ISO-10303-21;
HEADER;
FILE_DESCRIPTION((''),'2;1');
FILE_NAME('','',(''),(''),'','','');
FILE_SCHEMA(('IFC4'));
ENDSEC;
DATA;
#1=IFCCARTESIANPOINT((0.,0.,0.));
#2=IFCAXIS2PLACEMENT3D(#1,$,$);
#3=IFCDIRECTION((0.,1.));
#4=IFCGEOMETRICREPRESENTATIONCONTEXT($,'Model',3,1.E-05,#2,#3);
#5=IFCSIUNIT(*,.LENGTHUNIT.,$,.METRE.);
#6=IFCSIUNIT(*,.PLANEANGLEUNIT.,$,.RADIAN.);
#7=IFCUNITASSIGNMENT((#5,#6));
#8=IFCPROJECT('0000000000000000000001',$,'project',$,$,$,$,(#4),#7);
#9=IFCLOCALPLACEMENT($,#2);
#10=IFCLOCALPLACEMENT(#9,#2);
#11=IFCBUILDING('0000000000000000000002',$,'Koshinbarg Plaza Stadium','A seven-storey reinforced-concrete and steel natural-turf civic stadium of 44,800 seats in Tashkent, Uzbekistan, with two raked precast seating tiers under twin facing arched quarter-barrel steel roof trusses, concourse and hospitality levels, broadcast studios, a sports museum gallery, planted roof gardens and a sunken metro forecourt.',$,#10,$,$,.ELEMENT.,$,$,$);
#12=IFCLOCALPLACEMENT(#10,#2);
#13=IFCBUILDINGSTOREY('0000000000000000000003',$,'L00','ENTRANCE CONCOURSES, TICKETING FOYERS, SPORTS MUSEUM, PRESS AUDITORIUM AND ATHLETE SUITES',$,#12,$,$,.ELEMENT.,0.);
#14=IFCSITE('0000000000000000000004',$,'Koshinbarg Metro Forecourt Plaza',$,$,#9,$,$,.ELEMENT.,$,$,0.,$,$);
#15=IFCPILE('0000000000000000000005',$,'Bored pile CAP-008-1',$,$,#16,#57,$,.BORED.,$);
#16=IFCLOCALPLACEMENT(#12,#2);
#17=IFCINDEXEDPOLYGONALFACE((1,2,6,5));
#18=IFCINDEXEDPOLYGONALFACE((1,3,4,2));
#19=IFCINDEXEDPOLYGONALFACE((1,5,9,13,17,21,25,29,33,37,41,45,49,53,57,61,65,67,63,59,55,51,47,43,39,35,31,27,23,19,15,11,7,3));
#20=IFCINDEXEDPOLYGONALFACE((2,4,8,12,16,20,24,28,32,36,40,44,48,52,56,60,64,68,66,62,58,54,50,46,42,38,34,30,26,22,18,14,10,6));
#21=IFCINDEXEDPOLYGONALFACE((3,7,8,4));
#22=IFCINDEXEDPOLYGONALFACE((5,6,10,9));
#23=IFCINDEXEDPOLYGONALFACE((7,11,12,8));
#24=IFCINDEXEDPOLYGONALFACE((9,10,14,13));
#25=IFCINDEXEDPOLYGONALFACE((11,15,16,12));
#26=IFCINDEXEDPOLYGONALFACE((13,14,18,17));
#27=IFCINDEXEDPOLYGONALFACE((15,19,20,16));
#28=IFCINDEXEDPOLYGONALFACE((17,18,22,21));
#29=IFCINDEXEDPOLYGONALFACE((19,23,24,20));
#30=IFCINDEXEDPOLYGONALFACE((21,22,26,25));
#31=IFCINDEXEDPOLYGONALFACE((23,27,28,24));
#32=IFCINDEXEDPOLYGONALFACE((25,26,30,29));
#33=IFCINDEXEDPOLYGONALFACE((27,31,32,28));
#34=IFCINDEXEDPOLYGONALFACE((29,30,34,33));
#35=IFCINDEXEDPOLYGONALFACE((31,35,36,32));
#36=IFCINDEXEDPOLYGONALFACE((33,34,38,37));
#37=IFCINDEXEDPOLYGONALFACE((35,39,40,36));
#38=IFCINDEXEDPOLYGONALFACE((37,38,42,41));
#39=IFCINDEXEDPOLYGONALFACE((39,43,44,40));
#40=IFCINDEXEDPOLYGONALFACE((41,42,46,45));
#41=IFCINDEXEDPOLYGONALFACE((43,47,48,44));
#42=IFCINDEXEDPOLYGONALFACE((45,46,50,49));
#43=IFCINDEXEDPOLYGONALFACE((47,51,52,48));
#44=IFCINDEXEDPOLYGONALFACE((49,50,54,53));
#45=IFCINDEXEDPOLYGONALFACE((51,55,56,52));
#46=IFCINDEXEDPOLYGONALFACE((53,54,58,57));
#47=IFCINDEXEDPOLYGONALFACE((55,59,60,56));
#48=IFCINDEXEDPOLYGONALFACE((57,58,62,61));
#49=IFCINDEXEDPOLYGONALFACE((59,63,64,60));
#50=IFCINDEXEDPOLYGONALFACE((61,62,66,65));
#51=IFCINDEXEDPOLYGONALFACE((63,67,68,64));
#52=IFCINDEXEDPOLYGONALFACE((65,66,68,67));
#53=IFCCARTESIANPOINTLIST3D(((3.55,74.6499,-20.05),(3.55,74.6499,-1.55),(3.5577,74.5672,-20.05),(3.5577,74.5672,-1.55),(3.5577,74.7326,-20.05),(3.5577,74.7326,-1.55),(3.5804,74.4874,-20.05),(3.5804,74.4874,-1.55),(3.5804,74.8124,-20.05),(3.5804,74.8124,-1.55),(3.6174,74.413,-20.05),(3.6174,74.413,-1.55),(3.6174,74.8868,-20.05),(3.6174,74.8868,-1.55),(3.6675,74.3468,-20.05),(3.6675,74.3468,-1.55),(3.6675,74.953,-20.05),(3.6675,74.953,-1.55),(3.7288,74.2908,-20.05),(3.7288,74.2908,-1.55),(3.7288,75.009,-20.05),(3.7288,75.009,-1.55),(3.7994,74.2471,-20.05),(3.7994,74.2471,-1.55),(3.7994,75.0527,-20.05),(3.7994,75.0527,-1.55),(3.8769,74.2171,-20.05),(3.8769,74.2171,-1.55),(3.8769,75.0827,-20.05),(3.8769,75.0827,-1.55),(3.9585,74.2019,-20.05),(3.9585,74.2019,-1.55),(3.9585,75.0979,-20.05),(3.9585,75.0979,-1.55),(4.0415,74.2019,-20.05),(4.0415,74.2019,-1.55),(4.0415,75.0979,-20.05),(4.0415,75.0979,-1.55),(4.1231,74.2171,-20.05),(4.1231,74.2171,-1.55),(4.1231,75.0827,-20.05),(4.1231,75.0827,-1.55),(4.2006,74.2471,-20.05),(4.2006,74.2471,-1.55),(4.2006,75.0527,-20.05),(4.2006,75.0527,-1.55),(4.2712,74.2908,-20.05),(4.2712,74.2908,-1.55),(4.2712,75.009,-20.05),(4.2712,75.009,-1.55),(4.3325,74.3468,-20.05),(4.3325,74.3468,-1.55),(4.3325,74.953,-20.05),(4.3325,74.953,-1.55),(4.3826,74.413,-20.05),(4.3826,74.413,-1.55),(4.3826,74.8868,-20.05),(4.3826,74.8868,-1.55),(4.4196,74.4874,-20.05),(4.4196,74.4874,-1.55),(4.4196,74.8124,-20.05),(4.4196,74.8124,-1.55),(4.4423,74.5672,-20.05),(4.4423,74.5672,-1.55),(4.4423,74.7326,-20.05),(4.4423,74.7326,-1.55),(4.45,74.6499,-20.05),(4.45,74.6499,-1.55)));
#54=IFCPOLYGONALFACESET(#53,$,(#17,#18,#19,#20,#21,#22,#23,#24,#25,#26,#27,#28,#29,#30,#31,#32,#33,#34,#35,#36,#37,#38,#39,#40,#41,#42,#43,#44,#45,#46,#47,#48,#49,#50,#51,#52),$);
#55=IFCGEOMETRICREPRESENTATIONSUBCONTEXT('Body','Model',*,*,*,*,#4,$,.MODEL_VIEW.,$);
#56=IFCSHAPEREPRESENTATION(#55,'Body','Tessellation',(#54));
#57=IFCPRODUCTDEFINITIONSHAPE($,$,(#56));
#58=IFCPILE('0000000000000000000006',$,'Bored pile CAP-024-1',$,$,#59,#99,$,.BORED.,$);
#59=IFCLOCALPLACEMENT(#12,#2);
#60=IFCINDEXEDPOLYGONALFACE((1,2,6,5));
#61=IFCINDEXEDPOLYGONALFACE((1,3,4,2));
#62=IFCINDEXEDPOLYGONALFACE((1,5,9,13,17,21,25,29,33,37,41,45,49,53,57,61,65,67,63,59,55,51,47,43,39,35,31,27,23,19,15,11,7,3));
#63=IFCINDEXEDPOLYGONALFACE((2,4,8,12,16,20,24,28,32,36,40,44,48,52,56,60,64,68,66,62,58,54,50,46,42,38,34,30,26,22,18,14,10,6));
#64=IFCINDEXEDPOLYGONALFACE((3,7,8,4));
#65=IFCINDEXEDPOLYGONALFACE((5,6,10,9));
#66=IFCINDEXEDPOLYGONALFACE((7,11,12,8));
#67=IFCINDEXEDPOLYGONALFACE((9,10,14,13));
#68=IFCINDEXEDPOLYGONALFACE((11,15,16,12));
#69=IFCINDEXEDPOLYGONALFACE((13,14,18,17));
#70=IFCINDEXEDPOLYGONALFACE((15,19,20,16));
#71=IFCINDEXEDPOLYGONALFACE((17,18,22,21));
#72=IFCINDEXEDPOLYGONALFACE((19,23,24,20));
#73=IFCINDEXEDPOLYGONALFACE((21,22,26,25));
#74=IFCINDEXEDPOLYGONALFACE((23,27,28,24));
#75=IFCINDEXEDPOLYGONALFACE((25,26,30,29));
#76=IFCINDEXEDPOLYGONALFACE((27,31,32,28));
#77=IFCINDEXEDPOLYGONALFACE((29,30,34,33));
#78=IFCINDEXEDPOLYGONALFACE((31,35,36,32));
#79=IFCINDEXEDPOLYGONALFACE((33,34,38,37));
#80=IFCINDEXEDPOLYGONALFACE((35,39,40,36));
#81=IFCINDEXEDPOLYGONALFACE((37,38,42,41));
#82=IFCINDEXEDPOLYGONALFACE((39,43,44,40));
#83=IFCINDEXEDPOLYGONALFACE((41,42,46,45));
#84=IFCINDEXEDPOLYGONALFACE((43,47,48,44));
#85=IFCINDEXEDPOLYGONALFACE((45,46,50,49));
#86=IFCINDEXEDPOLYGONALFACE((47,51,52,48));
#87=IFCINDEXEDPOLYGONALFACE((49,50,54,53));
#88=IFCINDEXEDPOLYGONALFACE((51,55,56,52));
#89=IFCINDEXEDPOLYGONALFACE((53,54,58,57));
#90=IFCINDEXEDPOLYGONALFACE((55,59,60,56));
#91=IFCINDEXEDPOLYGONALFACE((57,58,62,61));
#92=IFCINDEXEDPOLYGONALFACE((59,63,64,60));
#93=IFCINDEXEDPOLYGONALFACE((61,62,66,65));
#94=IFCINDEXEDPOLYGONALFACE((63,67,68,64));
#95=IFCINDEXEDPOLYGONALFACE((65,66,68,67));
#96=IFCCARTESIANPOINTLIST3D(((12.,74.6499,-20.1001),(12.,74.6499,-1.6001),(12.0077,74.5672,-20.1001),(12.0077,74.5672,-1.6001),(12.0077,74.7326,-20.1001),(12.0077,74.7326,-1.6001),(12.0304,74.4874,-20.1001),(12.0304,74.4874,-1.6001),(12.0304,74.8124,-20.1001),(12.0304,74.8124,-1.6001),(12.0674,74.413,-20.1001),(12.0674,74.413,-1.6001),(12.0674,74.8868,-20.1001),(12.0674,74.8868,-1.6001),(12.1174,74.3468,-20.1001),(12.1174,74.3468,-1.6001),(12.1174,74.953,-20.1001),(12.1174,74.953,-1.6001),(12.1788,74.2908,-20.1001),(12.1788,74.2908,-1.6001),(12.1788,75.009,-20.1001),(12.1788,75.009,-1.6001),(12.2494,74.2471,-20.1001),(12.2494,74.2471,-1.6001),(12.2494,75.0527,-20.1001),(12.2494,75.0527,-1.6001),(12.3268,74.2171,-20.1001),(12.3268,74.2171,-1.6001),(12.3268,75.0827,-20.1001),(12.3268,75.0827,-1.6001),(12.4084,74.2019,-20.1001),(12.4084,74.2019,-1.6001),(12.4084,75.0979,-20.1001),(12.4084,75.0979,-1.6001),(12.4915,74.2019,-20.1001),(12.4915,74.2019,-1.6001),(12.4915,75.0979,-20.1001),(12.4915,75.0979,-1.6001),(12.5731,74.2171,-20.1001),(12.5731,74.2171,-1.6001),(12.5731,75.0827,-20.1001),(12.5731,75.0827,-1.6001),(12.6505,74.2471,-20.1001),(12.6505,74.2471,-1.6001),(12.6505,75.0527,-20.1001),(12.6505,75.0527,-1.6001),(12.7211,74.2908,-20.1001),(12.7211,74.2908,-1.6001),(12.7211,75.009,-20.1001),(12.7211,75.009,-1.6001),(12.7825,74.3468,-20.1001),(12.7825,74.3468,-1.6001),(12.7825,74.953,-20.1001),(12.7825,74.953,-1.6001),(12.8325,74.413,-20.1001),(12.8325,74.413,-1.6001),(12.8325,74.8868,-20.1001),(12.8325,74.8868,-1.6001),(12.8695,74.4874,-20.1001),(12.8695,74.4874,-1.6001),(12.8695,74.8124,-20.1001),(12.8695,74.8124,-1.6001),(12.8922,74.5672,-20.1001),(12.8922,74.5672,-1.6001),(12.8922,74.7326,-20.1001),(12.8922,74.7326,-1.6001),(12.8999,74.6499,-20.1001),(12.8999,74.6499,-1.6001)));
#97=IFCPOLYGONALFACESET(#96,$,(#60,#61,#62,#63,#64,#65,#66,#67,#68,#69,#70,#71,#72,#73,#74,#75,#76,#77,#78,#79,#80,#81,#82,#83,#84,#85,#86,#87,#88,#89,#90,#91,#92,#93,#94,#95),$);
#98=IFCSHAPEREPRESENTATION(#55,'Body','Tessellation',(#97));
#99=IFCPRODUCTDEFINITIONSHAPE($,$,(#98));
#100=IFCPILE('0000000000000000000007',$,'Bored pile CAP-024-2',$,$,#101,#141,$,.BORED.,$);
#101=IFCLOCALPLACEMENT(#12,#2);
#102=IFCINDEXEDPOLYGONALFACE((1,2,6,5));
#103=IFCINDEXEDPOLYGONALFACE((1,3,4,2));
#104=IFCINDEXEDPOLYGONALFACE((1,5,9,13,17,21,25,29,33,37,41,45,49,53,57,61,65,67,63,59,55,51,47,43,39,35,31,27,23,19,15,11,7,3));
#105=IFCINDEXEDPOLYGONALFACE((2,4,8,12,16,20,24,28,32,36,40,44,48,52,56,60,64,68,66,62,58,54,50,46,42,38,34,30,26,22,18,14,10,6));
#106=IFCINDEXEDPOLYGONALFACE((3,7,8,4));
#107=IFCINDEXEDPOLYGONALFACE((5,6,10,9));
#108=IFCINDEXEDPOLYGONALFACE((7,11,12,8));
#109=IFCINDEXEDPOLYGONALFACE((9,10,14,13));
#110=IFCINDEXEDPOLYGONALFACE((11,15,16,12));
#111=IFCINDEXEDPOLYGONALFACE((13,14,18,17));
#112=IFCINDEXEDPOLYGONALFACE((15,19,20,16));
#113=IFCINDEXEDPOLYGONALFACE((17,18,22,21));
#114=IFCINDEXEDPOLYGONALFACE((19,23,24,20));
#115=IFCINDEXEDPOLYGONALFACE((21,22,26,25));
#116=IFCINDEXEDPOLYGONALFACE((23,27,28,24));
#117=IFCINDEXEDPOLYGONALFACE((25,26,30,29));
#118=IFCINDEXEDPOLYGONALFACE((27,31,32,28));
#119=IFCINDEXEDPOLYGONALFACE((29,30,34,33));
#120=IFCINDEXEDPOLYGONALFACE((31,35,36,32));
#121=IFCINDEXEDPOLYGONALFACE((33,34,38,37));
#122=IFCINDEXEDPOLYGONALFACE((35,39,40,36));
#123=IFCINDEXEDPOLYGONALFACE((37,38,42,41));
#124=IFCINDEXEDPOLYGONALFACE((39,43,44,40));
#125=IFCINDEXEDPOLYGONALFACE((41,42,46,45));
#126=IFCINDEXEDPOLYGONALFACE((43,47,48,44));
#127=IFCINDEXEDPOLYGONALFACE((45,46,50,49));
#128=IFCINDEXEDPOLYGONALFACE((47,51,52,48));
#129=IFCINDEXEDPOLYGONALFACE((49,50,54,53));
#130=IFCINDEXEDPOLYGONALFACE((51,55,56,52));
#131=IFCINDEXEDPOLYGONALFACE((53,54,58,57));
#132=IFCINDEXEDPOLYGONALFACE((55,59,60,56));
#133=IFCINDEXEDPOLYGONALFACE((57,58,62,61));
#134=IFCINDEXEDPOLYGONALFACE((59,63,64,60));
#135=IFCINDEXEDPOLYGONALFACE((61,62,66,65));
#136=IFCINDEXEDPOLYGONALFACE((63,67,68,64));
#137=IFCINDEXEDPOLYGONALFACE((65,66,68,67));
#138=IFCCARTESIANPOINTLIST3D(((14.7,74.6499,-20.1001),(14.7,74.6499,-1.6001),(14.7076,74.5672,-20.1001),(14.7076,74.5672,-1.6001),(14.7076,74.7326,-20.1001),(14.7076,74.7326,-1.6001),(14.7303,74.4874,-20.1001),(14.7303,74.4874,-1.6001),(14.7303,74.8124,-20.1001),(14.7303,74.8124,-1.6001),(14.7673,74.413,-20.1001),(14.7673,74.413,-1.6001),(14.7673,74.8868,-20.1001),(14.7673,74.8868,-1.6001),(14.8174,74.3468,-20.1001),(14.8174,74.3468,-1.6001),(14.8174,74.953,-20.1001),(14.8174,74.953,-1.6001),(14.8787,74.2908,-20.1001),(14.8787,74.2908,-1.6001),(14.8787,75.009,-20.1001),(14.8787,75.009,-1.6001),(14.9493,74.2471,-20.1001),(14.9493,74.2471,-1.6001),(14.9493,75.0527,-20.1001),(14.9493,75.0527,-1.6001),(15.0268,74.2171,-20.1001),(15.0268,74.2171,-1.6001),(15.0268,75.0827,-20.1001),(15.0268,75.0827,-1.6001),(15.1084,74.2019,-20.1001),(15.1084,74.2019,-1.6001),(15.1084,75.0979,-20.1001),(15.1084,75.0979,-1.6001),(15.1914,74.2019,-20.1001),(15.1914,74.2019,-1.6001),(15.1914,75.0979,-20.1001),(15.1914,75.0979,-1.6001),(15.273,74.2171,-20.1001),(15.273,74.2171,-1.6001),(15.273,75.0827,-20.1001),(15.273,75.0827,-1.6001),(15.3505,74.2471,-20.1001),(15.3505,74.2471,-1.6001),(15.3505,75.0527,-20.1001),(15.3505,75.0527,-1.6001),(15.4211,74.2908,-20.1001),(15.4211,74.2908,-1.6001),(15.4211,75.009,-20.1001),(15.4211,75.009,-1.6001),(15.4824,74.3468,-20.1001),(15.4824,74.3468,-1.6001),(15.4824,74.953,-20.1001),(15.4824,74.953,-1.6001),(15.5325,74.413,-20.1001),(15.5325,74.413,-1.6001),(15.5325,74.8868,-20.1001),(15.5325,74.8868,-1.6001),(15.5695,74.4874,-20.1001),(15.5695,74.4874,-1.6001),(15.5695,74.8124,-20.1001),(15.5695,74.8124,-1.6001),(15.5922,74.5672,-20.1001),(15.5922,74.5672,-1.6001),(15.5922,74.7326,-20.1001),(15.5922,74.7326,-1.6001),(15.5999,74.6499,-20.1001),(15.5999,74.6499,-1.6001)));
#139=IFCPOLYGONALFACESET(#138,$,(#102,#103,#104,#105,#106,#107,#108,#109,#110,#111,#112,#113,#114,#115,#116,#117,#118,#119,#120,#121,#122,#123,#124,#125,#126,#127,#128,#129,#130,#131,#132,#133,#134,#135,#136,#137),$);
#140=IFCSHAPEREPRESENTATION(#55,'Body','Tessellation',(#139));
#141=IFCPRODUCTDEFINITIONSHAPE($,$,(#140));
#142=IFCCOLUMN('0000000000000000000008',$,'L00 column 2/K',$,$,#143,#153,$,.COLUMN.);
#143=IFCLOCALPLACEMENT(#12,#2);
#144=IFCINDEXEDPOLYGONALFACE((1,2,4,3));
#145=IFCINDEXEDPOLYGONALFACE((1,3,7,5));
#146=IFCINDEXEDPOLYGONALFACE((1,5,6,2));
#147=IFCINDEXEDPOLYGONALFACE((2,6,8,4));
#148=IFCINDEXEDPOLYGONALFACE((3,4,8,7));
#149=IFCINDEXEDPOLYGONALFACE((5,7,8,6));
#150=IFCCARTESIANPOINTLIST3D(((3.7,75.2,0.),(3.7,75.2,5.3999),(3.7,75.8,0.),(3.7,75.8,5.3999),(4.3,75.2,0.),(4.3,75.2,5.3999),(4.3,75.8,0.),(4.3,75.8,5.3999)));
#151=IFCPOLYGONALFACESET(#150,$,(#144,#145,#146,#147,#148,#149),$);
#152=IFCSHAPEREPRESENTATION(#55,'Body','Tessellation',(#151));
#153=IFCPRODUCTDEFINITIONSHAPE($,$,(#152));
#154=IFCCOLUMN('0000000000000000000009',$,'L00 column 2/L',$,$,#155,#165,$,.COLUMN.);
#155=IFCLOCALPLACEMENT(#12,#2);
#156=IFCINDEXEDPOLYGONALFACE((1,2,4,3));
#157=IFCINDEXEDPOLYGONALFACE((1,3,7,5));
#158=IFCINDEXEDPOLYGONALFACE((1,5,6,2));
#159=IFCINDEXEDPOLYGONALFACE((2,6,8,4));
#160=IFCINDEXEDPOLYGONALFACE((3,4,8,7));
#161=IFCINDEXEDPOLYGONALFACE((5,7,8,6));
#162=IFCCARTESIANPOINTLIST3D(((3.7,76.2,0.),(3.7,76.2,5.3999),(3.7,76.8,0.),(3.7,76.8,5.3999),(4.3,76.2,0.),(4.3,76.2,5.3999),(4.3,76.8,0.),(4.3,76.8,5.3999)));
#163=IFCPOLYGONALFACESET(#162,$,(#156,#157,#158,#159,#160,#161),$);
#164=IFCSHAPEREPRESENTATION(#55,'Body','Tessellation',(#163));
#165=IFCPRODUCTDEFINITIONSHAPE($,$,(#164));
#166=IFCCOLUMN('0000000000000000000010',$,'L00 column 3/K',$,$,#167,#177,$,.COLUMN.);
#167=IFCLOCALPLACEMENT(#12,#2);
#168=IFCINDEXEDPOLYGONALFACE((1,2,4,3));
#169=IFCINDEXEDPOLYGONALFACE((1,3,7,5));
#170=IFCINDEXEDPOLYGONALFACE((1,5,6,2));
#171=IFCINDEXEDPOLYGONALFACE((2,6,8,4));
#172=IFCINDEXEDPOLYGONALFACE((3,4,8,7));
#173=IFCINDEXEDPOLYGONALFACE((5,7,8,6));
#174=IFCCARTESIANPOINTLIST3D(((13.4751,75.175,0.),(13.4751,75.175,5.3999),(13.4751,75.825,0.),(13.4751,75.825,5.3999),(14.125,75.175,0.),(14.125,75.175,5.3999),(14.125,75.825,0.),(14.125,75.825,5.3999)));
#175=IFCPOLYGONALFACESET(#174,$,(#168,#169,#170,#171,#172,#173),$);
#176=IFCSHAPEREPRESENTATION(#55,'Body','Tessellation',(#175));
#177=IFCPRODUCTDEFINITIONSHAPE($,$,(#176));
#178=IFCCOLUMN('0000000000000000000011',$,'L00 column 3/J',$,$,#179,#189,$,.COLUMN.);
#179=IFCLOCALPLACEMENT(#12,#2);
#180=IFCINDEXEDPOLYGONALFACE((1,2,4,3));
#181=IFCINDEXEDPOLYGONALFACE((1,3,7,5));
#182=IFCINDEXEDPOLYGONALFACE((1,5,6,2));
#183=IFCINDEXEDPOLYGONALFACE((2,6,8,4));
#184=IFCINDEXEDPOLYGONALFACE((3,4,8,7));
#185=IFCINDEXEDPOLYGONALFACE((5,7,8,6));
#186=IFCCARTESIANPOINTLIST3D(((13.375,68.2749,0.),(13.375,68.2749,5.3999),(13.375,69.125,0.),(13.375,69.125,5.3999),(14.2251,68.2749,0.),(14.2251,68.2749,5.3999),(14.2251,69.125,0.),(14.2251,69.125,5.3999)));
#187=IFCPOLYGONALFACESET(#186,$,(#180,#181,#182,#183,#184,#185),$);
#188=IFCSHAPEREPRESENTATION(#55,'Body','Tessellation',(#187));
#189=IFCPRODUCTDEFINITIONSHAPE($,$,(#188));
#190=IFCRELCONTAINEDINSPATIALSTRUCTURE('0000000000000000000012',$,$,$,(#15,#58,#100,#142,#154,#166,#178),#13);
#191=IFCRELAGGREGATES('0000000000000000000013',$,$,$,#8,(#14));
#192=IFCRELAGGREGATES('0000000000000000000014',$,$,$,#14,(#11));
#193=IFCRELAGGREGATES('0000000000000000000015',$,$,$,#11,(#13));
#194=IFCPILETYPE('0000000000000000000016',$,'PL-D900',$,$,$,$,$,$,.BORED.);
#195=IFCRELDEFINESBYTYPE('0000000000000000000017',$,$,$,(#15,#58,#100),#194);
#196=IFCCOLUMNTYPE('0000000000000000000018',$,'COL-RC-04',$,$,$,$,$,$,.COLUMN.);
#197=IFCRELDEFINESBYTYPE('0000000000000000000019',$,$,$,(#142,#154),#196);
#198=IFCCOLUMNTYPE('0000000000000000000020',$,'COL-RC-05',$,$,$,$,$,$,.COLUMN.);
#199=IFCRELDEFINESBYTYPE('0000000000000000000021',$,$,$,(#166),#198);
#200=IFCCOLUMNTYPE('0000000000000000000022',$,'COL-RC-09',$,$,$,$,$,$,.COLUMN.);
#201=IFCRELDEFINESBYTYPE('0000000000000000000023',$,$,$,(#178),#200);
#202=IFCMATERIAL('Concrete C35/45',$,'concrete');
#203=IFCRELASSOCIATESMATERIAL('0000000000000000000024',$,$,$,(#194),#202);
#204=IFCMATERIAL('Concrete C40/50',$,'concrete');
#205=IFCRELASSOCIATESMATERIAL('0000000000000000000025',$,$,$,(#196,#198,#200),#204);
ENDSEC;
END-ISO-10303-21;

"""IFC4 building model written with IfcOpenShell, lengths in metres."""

from ifc_helpers import new_model, si_unit, direction, frame, origin, origin_2d, place, context, subcontext, project, spatial, rectangle, circle, extrude, material, material_profile, profile_set, type_object, element, save


model = new_model("IFC4")

# Units and contexts
model_context = context("Model", 3, precision=1e-05, world=origin(), true_north=direction((0.0, 1.0)))
body_context = subcontext(model_context, "Body", "Model", "MODEL_VIEW")
ifc_project = project(units=[si_unit("LENGTHUNIT", "METRE"), si_unit("PLANEANGLEUNIT", "RADIAN")], contexts=[model_context])

# Site, building, storey
site_placement = place(None, origin())
site = spatial("IfcSite", under=ifc_project, at=site_placement, Name="Koshinbarg Metro Forecourt Plaza", CompositionType="ELEMENT", RefElevation=0.0)
building_placement = place(site_placement, origin())
building = spatial("IfcBuilding", under=site, at=building_placement, Name="Koshinbarg Plaza Stadium", Description="A seven-storey reinforced-concrete and steel natural-turf civic stadium of 44,800 seats in Tashkent, Uzbekistan, with two raked precast seating tiers under twin facing arched quarter-barrel steel roof trusses, concourse and hospitality levels, broadcast studios, a sports museum gallery, planted roof gardens and a sunken metro forecourt.", CompositionType="ELEMENT")
storey_placement = place(building_placement, origin())
storey = spatial("IfcBuildingStorey", under=building, at=storey_placement, Name="L00", Description="ENTRANCE CONCOURSES, TICKETING FOYERS, SPORTS MUSEUM, PRESS AUDITORIUM AND ATHLETE SUITES", CompositionType="ELEMENT", Elevation=0.0)

# Shared definitions
ifc_material_1 = material(Name="Concrete C35/45", Category="concrete")

# Piles
ifc_material_profile_1 = material_profile(ifc_material_1, circle(Radius=0.45, at=origin_2d()), Name="PILE D900")
ifc_profile_set_1 = profile_set([ifc_material_profile_1], Name="Concrete C35/45")
pile_type_1 = type_object("IfcPileType", Name="PL-D900", PredefinedType="BORED", material=ifc_profile_set_1)
for number, where, z_axis, x_axis, name in (
    (1, (4.0, 74.6499, -1.55), (0.0, 0.0, -1.0), (1.0, 0.0, 0.0), "Bored pile CAP-008-1"),
    (2, (12.45, 74.6499, -1.6001), (0.0, 0.0, -1.0), (1.0, 0.0, 0.0), "Bored pile CAP-024-1"),
    (3, (15.1499, 74.6499, -1.6001), (0.0, 0.0, -1.0), (1.0, 0.0, 0.0), "Bored pile CAP-024-2"),
):
    element("IfcPile", number, at=place(storey_placement, frame(where, z_axis=z_axis, x_axis=x_axis)), inside=storey, type_object=pile_type_1, Name=name, PredefinedType="BORED", context=body_context, shape_type="SweptSolid", body=[
        extrude(circle(Radius=0.45, at=origin_2d()), origin(), (0.0, 0.0, 1.0), 18.5),
    ])

# Columns
ifc_material_2 = material(Name="Concrete C40/50", Category="concrete")
ifc_material_profile_2 = material_profile(ifc_material_2, rectangle(XDim=0.6001, YDim=0.6001, at=origin_2d()), Name="RC 600x600")
ifc_profile_set_2 = profile_set([ifc_material_profile_2], Name="Concrete C40/50")
column_type_1 = type_object("IfcColumnType", Name="COL-RC-04", PredefinedType="COLUMN", material=ifc_profile_set_2)
for number, where, z_axis, x_axis, name in (
    (4, (4.0, 75.5, 0.0), (0.0, 0.0, 1.0), (1.0, 0.0, 0.0), "L00 column 2/K"),
    (5, (4.0, 76.5, 0.0), (0.0, 0.0, 1.0), (1.0, 0.0, 0.0), "L00 column 2/L"),
):
    element("IfcColumn", number, at=place(storey_placement, frame(where, z_axis=z_axis, x_axis=x_axis)), inside=storey, type_object=column_type_1, Name=name, PredefinedType="COLUMN", context=body_context, shape_type="SweptSolid", body=[
        extrude(rectangle(XDim=0.6001, YDim=0.6001, at=origin_2d()), origin(), (0.0, 0.0, 1.0), 5.3999),
    ])
ifc_material_profile_3 = material_profile(ifc_material_2, rectangle(XDim=0.6499, YDim=0.6499, at=origin_2d()), Name="RC 650x650")
ifc_profile_set_3 = profile_set([ifc_material_profile_3], Name="Concrete C40/50")
column_type_2 = type_object("IfcColumnType", Name="COL-RC-05", PredefinedType="COLUMN", material=ifc_profile_set_3)
column_1_placement = place(storey_placement, frame((13.8, 75.5, 0.0), z_axis=(0.0, 0.0, 1.0), x_axis=(1.0, 0.0, 0.0)))
element("IfcColumn", 6, at=column_1_placement, inside=storey, type_object=column_type_2, Name="L00 column 3/K", PredefinedType="COLUMN", context=body_context, shape_type="SweptSolid", body=[
    extrude(rectangle(XDim=0.6499, YDim=0.6499, at=origin_2d()), origin(), (0.0, 0.0, 1.0), 5.3999),
])
ifc_material_profile_4 = material_profile(ifc_material_2, rectangle(XDim=0.8501, YDim=0.8501, at=origin_2d()), Name="RC 850x850")
ifc_profile_set_4 = profile_set([ifc_material_profile_4], Name="Concrete C40/50")
column_type_3 = type_object("IfcColumnType", Name="COL-RC-09", PredefinedType="COLUMN", material=ifc_profile_set_4)
column_2_placement = place(storey_placement, frame((13.8, 68.7, 0.0), z_axis=(0.0, 0.0, 1.0), x_axis=(1.0, 0.0, 0.0)))
element("IfcColumn", 7, at=column_2_placement, inside=storey, type_object=column_type_3, Name="L00 column 3/J", PredefinedType="COLUMN", context=body_context, shape_type="SweptSolid", body=[
    extrude(rectangle(XDim=0.8501, YDim=0.8501, at=origin_2d()), origin(), (0.0, 0.0, 1.0), 5.3999),
])

save(model, "model.ifc")
